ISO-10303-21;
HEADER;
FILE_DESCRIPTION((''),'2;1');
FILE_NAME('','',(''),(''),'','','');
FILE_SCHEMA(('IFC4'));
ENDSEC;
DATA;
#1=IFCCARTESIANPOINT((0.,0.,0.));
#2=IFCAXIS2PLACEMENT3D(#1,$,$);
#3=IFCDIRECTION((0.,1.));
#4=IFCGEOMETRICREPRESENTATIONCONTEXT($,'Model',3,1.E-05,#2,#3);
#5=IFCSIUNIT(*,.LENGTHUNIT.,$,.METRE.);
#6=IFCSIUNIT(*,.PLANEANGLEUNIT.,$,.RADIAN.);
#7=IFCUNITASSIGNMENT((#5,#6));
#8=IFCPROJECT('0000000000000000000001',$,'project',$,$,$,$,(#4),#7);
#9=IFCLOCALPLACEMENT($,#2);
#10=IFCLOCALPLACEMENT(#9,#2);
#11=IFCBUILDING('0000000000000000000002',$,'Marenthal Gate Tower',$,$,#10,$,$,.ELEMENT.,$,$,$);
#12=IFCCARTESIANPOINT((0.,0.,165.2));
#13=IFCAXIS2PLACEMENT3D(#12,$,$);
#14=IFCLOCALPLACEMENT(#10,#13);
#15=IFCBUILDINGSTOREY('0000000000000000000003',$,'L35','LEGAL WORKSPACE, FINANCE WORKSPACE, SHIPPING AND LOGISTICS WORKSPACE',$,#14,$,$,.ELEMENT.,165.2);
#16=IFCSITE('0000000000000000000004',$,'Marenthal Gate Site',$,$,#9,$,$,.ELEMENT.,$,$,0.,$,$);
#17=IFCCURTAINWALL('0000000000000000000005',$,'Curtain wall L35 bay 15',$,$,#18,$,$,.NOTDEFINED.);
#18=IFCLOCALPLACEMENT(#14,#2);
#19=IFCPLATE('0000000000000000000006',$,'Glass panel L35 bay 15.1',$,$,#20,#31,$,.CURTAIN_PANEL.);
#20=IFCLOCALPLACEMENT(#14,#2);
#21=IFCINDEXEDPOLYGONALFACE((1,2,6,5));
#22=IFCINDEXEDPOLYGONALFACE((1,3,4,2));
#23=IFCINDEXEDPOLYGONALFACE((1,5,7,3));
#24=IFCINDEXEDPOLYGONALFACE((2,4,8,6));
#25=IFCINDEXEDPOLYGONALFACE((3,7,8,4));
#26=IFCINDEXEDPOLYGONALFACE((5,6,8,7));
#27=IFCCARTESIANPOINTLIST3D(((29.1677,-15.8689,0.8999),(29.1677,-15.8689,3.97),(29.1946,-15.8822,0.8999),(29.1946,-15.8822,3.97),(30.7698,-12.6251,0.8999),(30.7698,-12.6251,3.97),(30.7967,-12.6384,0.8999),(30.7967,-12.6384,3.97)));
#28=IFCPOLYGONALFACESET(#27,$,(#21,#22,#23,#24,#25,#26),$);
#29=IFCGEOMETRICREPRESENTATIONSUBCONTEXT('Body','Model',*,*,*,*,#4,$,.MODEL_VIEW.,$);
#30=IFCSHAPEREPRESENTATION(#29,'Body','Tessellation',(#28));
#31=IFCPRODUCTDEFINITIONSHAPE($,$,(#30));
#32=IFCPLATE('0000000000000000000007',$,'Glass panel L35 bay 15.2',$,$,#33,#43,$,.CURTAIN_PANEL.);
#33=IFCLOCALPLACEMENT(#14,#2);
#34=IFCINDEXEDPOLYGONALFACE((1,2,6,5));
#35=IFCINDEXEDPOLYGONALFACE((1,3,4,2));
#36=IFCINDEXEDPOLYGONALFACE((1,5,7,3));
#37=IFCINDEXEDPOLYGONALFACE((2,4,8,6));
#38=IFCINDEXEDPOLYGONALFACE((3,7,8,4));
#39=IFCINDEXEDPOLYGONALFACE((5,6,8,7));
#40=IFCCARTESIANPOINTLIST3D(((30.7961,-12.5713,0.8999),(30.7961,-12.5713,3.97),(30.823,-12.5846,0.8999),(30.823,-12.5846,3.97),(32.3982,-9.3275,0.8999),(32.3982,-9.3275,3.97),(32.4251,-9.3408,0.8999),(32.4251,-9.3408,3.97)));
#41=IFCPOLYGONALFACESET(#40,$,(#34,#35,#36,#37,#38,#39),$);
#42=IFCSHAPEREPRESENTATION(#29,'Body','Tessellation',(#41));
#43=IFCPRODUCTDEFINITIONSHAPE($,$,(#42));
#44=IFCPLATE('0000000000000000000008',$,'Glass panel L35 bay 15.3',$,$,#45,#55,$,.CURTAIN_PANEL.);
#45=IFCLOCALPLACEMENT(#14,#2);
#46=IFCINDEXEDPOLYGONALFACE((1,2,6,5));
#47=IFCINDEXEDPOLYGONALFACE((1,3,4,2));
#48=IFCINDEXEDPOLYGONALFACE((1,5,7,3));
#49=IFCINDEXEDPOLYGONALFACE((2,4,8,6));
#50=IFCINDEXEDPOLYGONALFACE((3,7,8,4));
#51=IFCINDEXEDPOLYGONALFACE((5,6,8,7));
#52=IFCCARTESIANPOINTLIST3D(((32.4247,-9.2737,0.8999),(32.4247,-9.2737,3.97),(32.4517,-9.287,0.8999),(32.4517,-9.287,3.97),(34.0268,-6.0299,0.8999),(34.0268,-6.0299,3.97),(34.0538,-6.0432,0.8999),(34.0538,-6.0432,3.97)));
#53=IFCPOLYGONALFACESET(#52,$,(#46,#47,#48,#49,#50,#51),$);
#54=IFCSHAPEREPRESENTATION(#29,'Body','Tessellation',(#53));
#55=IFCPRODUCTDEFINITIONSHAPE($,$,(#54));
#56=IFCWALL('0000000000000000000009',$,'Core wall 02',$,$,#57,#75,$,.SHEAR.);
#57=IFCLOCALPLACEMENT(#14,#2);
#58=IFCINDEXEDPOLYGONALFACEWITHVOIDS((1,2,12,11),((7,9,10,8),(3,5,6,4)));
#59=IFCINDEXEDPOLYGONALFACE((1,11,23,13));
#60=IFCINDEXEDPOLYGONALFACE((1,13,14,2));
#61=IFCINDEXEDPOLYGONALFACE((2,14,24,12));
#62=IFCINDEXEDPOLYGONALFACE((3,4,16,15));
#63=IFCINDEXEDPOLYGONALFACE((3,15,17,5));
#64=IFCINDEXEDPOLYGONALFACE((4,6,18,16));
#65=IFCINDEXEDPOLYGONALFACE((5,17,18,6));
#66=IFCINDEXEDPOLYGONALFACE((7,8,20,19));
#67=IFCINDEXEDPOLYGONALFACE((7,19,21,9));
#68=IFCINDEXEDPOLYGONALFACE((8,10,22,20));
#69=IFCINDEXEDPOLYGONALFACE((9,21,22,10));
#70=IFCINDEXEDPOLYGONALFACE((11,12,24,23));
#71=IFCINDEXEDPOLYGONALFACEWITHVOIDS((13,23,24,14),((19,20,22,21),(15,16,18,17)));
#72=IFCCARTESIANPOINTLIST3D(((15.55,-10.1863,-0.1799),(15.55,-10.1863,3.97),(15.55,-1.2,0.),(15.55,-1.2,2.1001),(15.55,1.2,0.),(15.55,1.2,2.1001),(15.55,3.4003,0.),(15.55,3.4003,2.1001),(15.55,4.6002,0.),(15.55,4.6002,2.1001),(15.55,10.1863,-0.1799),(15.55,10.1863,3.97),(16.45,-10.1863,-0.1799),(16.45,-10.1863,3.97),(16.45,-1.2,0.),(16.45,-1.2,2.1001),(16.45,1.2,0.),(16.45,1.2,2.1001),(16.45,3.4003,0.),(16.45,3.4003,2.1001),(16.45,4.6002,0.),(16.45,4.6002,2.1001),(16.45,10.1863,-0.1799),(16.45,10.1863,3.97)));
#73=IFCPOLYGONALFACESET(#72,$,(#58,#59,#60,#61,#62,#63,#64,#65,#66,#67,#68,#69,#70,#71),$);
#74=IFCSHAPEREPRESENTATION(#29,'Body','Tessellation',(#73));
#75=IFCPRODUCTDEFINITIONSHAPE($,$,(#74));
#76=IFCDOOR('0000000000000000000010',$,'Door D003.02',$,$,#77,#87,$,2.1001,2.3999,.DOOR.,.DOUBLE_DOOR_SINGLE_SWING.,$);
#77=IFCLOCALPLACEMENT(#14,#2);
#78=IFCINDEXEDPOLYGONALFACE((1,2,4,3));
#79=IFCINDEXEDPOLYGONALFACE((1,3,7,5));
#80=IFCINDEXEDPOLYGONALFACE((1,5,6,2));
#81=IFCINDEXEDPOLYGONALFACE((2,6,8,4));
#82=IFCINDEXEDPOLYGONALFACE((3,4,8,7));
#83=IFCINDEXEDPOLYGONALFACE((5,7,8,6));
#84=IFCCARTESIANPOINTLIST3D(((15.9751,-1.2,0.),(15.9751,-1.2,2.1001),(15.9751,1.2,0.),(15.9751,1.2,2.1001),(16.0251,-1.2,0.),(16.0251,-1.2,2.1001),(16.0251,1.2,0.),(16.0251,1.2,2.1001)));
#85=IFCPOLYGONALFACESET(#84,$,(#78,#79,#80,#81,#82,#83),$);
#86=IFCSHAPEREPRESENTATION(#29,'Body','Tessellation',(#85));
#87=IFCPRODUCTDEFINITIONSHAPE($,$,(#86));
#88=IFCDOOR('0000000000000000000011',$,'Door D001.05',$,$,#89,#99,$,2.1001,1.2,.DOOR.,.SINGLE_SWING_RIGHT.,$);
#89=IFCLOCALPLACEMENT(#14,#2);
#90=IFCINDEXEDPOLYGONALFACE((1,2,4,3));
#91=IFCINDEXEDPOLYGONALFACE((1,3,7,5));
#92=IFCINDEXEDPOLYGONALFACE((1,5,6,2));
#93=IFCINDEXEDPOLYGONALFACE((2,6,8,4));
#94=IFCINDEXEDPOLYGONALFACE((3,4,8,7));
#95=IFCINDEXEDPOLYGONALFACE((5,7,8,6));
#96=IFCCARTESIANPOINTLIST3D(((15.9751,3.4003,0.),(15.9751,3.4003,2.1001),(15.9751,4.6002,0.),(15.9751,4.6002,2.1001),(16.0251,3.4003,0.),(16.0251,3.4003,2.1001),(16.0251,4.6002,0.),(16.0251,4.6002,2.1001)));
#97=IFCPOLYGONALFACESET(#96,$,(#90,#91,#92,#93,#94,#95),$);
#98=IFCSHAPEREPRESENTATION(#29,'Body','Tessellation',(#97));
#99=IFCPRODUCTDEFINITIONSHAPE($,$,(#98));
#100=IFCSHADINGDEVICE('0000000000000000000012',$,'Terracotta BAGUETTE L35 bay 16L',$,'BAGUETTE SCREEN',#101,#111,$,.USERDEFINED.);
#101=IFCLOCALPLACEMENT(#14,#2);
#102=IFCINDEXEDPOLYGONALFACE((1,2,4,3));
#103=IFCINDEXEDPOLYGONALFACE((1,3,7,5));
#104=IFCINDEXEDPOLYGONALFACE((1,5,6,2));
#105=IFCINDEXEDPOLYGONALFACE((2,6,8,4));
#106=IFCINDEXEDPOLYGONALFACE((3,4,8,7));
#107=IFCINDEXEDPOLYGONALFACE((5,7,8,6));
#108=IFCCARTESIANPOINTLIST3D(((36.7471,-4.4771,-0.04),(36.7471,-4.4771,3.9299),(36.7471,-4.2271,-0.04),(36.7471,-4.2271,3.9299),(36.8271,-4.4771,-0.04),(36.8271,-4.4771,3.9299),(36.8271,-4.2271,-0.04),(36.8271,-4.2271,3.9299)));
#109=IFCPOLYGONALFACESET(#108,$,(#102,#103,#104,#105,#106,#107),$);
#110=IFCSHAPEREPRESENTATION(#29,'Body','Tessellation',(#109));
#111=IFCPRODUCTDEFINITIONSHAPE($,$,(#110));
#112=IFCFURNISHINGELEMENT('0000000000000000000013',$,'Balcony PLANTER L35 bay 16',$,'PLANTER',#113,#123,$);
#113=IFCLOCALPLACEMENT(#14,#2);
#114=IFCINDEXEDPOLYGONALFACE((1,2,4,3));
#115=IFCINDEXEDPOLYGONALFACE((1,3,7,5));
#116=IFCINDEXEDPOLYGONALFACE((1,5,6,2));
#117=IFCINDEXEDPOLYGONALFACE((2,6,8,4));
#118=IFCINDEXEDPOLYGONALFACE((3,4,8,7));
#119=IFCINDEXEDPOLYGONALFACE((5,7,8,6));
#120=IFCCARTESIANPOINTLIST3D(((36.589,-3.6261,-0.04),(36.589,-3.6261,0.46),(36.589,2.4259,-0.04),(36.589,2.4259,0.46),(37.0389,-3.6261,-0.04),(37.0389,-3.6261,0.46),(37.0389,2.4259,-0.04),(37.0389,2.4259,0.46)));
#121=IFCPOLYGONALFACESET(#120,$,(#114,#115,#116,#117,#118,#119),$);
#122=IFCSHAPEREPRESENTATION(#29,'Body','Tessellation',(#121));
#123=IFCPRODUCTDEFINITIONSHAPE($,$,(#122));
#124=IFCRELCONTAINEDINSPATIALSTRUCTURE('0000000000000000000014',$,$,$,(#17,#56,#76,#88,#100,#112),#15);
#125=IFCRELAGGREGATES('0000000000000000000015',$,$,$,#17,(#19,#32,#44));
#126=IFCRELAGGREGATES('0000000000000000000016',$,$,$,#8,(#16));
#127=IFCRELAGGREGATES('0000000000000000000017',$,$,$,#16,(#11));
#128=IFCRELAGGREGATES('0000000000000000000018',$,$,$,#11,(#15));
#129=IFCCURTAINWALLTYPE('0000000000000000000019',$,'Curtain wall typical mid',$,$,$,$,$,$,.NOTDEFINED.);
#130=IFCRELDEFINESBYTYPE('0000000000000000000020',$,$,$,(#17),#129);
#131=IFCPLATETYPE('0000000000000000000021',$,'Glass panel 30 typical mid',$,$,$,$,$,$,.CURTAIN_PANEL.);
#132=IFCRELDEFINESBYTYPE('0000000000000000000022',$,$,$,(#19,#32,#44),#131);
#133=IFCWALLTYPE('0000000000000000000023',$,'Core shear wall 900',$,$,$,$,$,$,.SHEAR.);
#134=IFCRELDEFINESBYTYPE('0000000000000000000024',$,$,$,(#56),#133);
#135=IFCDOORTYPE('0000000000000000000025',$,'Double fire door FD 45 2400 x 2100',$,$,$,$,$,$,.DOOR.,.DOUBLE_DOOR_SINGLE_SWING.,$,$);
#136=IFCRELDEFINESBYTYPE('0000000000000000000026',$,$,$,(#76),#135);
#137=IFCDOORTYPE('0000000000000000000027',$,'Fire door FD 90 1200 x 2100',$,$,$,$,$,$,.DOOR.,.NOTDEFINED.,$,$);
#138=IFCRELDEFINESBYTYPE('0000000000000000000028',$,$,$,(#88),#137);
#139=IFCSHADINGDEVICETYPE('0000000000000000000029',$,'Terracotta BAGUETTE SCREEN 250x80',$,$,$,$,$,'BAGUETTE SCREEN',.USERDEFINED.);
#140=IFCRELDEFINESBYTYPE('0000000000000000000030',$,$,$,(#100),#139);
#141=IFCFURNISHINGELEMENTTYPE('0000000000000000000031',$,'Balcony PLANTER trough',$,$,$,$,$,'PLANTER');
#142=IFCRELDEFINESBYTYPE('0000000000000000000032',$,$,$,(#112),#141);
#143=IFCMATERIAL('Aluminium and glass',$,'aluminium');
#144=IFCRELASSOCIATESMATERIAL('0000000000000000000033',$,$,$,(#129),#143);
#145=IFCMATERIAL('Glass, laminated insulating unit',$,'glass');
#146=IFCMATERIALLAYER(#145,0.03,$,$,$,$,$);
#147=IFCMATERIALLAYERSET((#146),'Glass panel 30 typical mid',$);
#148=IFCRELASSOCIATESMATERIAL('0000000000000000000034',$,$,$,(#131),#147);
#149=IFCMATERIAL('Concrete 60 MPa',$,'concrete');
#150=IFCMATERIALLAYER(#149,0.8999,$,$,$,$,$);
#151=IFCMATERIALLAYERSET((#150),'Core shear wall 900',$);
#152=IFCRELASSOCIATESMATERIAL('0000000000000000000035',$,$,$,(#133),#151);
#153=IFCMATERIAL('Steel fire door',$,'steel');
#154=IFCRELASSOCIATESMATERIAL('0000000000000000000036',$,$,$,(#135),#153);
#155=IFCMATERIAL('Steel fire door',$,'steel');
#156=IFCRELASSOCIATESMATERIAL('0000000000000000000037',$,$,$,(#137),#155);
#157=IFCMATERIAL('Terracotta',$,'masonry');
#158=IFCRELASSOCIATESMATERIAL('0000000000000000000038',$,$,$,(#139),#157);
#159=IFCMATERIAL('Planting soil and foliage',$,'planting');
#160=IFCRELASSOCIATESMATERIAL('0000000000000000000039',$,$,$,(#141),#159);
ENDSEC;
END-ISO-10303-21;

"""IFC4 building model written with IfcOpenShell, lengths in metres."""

from ifc_helpers import new_model, si_unit, direction, frame, frame_2d, origin, origin_2d, place, context, subcontext, project, spatial, rectangle, extrude, material, layer, layer_set, material_profile, profile_set, type_object, element, fill, aggregate, save


model = new_model("IFC4")

# Units and contexts
model_context = context("Model", 3, precision=1e-05, world=origin(), true_north=direction((0.0, 1.0)))
body_context = subcontext(model_context, "Body", "Model", "MODEL_VIEW")
ifc_project = project(units=[si_unit("LENGTHUNIT", "METRE"), si_unit("PLANEANGLEUNIT", "RADIAN")], contexts=[model_context])

# Site, building, storey
site_placement = place(None, origin())
site = spatial("IfcSite", under=ifc_project, at=site_placement, Name="Marenthal Gate Site", CompositionType="ELEMENT", RefElevation=0.0)
building_placement = place(site_placement, origin())
building = spatial("IfcBuilding", under=site, at=building_placement, Name="Marenthal Gate Tower", CompositionType="ELEMENT")
storey_placement = place(building_placement, frame((0.0, 0.0, 165.2)))
storey = spatial("IfcBuildingStorey", under=building, at=storey_placement, Name="L35", Description="LEGAL WORKSPACE, FINANCE WORKSPACE, SHIPPING AND LOGISTICS WORKSPACE", CompositionType="ELEMENT", Elevation=165.2)

# Curtain wall
ifc_material_1 = material(Name="Aluminium and glass", Category="aluminium")
curtain_wall_type = type_object("IfcCurtainWallType", Name="Curtain wall typical mid", PredefinedType="NOTDEFINED", material=ifc_material_1)
curtain_wall_placement = place(storey_placement, origin())
curtain_wall = element("IfcCurtainWall", 1, at=curtain_wall_placement, inside=storey, type_object=curtain_wall_type, Name="Curtain wall L35 bay 15", PredefinedType="NOTDEFINED")

# Plates
ifc_material_2 = material(Name="Glass, laminated insulating unit", Category="glass")
ifc_layer_1 = layer(ifc_material_2, 0.03)
ifc_layer_set_1 = layer_set([ifc_layer_1], Name="Glass panel 30 typical mid")
plate_type = type_object("IfcPlateType", Name="Glass panel 30 typical mid", PredefinedType="CURTAIN_PANEL", material=ifc_layer_set_1)
plate_1_placement = place(storey_placement, frame((29.9822, -14.2537, 0.8999), z_axis=(0.0, 0.0, 1.0), x_axis=(0.442824, 0.896609, 0.0)))
plate_1 = element("IfcPlate", 2, at=plate_1_placement, type_object=plate_type, Name="Glass panel L35 bay 15.1", PredefinedType="CURTAIN_PANEL", context=body_context, shape_type="SweptSolid", body=[
    extrude(rectangle(XDim=3.6179, YDim=0.03, at=origin_2d()), origin(), (0.0, 0.0, 1.0), 3.0701),
])
plate_2_placement = place(storey_placement, frame((31.6106, -10.9561, 0.8999), z_axis=(0.0, 0.0, 1.0), x_axis=(0.442824, 0.896609, 0.0)))
plate_2 = element("IfcPlate", 3, at=plate_2_placement, type_object=plate_type, Name="Glass panel L35 bay 15.2", PredefinedType="CURTAIN_PANEL", context=body_context, shape_type="SweptSolid", body=[
    extrude(rectangle(XDim=3.6179, YDim=0.03, at=origin_2d()), origin(), (0.0, 0.0, 1.0), 3.0701),
])
plate_3_placement = place(storey_placement, frame((33.2393, -7.6584, 0.8999), z_axis=(0.0, 0.0, 1.0), x_axis=(0.442824, 0.896609, 0.0)))
plate_3 = element("IfcPlate", 4, at=plate_3_placement, type_object=plate_type, Name="Glass panel L35 bay 15.3", PredefinedType="CURTAIN_PANEL", context=body_context, shape_type="SweptSolid", body=[
    extrude(rectangle(XDim=3.6179, YDim=0.03, at=origin_2d()), origin(), (0.0, 0.0, 1.0), 3.0701),
])
aggregate(curtain_wall, [plate_1, plate_2, plate_3])

# Wall, openings, doors
ifc_material_3 = material(Name="Concrete 60 MPa", Category="concrete")
ifc_layer_2 = layer(ifc_material_3, 0.8999)
ifc_layer_set_2 = layer_set([ifc_layer_2], Name="Core shear wall 900")
wall_type_1 = type_object("IfcWallType", Name="Core shear wall 900", PredefinedType="SHEAR", material=ifc_layer_set_2)
wall_1_placement = place(storey_placement, frame((16.0, -10.1863, -0.1799), z_axis=(0.0, 0.0, 1.0), x_axis=(0.0, 1.0, 0.0)))
wall_1 = element("IfcWall", 5, at=wall_1_placement, inside=storey, type_object=wall_type_1, Name="Core wall 02", PredefinedType="SHEAR", context=body_context, shape_type="SweptSolid", body=[
    extrude(rectangle(XDim=20.3726, YDim=0.8999, at=frame_2d((10.1863, 0.0))), origin(), (0.0, 0.0, 1.0), 4.1499),
])
opening_1_placement = place(wall_1_placement, frame((8.9863, 0.0, 0.1799)))
opening_1 = element("IfcOpeningElement", 6, at=opening_1_placement, cuts=wall_1, PredefinedType="OPENING", context=body_context, shape_type="SweptSolid", body=[
    extrude(rectangle(XDim=2.3999, YDim=2.1001, at=frame_2d((1.2, 1.05))), frame((0.0, 0.46, 0.0), z_axis=(0.0, -1.0, 0.0), x_axis=(1.0, 0.0, 0.0)), (0.0, 0.0, 1.0), 0.9199),
])
opening_2_placement = place(wall_1_placement, frame((13.5864, 0.0, 0.1799)))
opening_2 = element("IfcOpeningElement", 7, at=opening_2_placement, cuts=wall_1, PredefinedType="OPENING", context=body_context, shape_type="SweptSolid", body=[
    extrude(rectangle(XDim=1.2, YDim=2.1001, at=frame_2d((0.6001, 1.05))), frame((0.0, 0.46, 0.0), z_axis=(0.0, -1.0, 0.0), x_axis=(1.0, 0.0, 0.0)), (0.0, 0.0, 1.0), 0.9199),
])
ifc_material_4 = material(Name="Steel fire door", Category="steel")
door_type_1 = type_object("IfcDoorType", Name="Double fire door FD 45 2400 x 2100", OperationType="DOUBLE_DOOR_SINGLE_SWING", PredefinedType="DOOR", material=ifc_material_4)
door_1_placement = place(opening_1_placement, origin())
door_1 = element("IfcDoor", 8, at=door_1_placement, inside=storey, type_object=door_type_1, Name="Door D003.02", OperationType="DOUBLE_DOOR_SINGLE_SWING", OverallHeight=2.1001, OverallWidth=2.3999, PredefinedType="DOOR", context=body_context, shape_type="SweptSolid", body=[
    extrude(rectangle(XDim=2.3999, YDim=2.1001, at=frame_2d((1.2, 1.05))), frame((0.0, 0.0249, 0.0), z_axis=(0.0, -1.0, 0.0), x_axis=(1.0, 0.0, 0.0)), (0.0, 0.0, 1.0), 0.05),
])
fill(opening_1, door_1)
ifc_material_5 = material(Name="Steel fire door", Category="steel")
door_type_2 = type_object("IfcDoorType", Name="Fire door FD 90 1200 x 2100", OperationType="NOTDEFINED", PredefinedType="DOOR", material=ifc_material_5)
door_2_placement = place(opening_2_placement, origin())
door_2 = element("IfcDoor", 9, at=door_2_placement, inside=storey, type_object=door_type_2, Name="Door D001.05", OperationType="SINGLE_SWING_RIGHT", OverallHeight=2.1001, OverallWidth=1.2, PredefinedType="DOOR", context=body_context, shape_type="SweptSolid", body=[
    extrude(rectangle(XDim=1.2, YDim=2.1001, at=frame_2d((0.6001, 1.05))), frame((0.0, 0.0249, 0.0), z_axis=(0.0, -1.0, 0.0), x_axis=(1.0, 0.0, 0.0)), (0.0, 0.0, 1.0), 0.05),
])
fill(opening_2, door_2)

# Shading device
ifc_material_6 = material(Name="Terracotta", Category="masonry")
ifc_material_profile_1 = material_profile(ifc_material_6, rectangle(XDim=0.25, YDim=0.0801, at=origin_2d()), Name="Terracotta baguette 250x80")
ifc_profile_set_1 = profile_set([ifc_material_profile_1], Name="Terracotta")
shading_device_type = type_object("IfcShadingDeviceType", Name="Terracotta BAGUETTE SCREEN 250x80", ElementType="BAGUETTE SCREEN", PredefinedType="USERDEFINED", material=ifc_profile_set_1)
shading_device_placement = place(storey_placement, frame((36.7871, -4.3521, -0.04), z_axis=(0.0, 0.0, 1.0), x_axis=(0.0, 1.0, 0.0)))
element("IfcShadingDevice", 10, at=shading_device_placement, inside=storey, type_object=shading_device_type, Name="Terracotta BAGUETTE L35 bay 16L", ObjectType="BAGUETTE SCREEN", PredefinedType="USERDEFINED", context=body_context, shape_type="SweptSolid", body=[
    extrude(rectangle(XDim=0.25, YDim=0.0801, at=origin_2d()), origin(), (0.0, 0.0, 1.0), 3.97),
])

# Furnishing element
ifc_material_7 = material(Name="Planting soil and foliage", Category="planting")
furnishing_element_type = type_object("IfcFurnishingElementType", Name="Balcony PLANTER trough", ElementType="PLANTER", material=ifc_material_7)
furnishing_placement = place(storey_placement, frame((36.814, -0.6001, -0.04), z_axis=(0.0, 0.0, 1.0), x_axis=(0.0, 1.0, 0.0)))
element("IfcFurnishingElement", 11, at=furnishing_placement, inside=storey, type_object=furnishing_element_type, Name="Balcony PLANTER L35 bay 16", ObjectType="PLANTER", context=body_context, shape_type="SweptSolid", body=[
    extrude(rectangle(XDim=6.052, YDim=0.45, at=origin_2d()), origin(), (0.0, 0.0, 1.0), 0.5),
])

save(model, "model.ifc")
